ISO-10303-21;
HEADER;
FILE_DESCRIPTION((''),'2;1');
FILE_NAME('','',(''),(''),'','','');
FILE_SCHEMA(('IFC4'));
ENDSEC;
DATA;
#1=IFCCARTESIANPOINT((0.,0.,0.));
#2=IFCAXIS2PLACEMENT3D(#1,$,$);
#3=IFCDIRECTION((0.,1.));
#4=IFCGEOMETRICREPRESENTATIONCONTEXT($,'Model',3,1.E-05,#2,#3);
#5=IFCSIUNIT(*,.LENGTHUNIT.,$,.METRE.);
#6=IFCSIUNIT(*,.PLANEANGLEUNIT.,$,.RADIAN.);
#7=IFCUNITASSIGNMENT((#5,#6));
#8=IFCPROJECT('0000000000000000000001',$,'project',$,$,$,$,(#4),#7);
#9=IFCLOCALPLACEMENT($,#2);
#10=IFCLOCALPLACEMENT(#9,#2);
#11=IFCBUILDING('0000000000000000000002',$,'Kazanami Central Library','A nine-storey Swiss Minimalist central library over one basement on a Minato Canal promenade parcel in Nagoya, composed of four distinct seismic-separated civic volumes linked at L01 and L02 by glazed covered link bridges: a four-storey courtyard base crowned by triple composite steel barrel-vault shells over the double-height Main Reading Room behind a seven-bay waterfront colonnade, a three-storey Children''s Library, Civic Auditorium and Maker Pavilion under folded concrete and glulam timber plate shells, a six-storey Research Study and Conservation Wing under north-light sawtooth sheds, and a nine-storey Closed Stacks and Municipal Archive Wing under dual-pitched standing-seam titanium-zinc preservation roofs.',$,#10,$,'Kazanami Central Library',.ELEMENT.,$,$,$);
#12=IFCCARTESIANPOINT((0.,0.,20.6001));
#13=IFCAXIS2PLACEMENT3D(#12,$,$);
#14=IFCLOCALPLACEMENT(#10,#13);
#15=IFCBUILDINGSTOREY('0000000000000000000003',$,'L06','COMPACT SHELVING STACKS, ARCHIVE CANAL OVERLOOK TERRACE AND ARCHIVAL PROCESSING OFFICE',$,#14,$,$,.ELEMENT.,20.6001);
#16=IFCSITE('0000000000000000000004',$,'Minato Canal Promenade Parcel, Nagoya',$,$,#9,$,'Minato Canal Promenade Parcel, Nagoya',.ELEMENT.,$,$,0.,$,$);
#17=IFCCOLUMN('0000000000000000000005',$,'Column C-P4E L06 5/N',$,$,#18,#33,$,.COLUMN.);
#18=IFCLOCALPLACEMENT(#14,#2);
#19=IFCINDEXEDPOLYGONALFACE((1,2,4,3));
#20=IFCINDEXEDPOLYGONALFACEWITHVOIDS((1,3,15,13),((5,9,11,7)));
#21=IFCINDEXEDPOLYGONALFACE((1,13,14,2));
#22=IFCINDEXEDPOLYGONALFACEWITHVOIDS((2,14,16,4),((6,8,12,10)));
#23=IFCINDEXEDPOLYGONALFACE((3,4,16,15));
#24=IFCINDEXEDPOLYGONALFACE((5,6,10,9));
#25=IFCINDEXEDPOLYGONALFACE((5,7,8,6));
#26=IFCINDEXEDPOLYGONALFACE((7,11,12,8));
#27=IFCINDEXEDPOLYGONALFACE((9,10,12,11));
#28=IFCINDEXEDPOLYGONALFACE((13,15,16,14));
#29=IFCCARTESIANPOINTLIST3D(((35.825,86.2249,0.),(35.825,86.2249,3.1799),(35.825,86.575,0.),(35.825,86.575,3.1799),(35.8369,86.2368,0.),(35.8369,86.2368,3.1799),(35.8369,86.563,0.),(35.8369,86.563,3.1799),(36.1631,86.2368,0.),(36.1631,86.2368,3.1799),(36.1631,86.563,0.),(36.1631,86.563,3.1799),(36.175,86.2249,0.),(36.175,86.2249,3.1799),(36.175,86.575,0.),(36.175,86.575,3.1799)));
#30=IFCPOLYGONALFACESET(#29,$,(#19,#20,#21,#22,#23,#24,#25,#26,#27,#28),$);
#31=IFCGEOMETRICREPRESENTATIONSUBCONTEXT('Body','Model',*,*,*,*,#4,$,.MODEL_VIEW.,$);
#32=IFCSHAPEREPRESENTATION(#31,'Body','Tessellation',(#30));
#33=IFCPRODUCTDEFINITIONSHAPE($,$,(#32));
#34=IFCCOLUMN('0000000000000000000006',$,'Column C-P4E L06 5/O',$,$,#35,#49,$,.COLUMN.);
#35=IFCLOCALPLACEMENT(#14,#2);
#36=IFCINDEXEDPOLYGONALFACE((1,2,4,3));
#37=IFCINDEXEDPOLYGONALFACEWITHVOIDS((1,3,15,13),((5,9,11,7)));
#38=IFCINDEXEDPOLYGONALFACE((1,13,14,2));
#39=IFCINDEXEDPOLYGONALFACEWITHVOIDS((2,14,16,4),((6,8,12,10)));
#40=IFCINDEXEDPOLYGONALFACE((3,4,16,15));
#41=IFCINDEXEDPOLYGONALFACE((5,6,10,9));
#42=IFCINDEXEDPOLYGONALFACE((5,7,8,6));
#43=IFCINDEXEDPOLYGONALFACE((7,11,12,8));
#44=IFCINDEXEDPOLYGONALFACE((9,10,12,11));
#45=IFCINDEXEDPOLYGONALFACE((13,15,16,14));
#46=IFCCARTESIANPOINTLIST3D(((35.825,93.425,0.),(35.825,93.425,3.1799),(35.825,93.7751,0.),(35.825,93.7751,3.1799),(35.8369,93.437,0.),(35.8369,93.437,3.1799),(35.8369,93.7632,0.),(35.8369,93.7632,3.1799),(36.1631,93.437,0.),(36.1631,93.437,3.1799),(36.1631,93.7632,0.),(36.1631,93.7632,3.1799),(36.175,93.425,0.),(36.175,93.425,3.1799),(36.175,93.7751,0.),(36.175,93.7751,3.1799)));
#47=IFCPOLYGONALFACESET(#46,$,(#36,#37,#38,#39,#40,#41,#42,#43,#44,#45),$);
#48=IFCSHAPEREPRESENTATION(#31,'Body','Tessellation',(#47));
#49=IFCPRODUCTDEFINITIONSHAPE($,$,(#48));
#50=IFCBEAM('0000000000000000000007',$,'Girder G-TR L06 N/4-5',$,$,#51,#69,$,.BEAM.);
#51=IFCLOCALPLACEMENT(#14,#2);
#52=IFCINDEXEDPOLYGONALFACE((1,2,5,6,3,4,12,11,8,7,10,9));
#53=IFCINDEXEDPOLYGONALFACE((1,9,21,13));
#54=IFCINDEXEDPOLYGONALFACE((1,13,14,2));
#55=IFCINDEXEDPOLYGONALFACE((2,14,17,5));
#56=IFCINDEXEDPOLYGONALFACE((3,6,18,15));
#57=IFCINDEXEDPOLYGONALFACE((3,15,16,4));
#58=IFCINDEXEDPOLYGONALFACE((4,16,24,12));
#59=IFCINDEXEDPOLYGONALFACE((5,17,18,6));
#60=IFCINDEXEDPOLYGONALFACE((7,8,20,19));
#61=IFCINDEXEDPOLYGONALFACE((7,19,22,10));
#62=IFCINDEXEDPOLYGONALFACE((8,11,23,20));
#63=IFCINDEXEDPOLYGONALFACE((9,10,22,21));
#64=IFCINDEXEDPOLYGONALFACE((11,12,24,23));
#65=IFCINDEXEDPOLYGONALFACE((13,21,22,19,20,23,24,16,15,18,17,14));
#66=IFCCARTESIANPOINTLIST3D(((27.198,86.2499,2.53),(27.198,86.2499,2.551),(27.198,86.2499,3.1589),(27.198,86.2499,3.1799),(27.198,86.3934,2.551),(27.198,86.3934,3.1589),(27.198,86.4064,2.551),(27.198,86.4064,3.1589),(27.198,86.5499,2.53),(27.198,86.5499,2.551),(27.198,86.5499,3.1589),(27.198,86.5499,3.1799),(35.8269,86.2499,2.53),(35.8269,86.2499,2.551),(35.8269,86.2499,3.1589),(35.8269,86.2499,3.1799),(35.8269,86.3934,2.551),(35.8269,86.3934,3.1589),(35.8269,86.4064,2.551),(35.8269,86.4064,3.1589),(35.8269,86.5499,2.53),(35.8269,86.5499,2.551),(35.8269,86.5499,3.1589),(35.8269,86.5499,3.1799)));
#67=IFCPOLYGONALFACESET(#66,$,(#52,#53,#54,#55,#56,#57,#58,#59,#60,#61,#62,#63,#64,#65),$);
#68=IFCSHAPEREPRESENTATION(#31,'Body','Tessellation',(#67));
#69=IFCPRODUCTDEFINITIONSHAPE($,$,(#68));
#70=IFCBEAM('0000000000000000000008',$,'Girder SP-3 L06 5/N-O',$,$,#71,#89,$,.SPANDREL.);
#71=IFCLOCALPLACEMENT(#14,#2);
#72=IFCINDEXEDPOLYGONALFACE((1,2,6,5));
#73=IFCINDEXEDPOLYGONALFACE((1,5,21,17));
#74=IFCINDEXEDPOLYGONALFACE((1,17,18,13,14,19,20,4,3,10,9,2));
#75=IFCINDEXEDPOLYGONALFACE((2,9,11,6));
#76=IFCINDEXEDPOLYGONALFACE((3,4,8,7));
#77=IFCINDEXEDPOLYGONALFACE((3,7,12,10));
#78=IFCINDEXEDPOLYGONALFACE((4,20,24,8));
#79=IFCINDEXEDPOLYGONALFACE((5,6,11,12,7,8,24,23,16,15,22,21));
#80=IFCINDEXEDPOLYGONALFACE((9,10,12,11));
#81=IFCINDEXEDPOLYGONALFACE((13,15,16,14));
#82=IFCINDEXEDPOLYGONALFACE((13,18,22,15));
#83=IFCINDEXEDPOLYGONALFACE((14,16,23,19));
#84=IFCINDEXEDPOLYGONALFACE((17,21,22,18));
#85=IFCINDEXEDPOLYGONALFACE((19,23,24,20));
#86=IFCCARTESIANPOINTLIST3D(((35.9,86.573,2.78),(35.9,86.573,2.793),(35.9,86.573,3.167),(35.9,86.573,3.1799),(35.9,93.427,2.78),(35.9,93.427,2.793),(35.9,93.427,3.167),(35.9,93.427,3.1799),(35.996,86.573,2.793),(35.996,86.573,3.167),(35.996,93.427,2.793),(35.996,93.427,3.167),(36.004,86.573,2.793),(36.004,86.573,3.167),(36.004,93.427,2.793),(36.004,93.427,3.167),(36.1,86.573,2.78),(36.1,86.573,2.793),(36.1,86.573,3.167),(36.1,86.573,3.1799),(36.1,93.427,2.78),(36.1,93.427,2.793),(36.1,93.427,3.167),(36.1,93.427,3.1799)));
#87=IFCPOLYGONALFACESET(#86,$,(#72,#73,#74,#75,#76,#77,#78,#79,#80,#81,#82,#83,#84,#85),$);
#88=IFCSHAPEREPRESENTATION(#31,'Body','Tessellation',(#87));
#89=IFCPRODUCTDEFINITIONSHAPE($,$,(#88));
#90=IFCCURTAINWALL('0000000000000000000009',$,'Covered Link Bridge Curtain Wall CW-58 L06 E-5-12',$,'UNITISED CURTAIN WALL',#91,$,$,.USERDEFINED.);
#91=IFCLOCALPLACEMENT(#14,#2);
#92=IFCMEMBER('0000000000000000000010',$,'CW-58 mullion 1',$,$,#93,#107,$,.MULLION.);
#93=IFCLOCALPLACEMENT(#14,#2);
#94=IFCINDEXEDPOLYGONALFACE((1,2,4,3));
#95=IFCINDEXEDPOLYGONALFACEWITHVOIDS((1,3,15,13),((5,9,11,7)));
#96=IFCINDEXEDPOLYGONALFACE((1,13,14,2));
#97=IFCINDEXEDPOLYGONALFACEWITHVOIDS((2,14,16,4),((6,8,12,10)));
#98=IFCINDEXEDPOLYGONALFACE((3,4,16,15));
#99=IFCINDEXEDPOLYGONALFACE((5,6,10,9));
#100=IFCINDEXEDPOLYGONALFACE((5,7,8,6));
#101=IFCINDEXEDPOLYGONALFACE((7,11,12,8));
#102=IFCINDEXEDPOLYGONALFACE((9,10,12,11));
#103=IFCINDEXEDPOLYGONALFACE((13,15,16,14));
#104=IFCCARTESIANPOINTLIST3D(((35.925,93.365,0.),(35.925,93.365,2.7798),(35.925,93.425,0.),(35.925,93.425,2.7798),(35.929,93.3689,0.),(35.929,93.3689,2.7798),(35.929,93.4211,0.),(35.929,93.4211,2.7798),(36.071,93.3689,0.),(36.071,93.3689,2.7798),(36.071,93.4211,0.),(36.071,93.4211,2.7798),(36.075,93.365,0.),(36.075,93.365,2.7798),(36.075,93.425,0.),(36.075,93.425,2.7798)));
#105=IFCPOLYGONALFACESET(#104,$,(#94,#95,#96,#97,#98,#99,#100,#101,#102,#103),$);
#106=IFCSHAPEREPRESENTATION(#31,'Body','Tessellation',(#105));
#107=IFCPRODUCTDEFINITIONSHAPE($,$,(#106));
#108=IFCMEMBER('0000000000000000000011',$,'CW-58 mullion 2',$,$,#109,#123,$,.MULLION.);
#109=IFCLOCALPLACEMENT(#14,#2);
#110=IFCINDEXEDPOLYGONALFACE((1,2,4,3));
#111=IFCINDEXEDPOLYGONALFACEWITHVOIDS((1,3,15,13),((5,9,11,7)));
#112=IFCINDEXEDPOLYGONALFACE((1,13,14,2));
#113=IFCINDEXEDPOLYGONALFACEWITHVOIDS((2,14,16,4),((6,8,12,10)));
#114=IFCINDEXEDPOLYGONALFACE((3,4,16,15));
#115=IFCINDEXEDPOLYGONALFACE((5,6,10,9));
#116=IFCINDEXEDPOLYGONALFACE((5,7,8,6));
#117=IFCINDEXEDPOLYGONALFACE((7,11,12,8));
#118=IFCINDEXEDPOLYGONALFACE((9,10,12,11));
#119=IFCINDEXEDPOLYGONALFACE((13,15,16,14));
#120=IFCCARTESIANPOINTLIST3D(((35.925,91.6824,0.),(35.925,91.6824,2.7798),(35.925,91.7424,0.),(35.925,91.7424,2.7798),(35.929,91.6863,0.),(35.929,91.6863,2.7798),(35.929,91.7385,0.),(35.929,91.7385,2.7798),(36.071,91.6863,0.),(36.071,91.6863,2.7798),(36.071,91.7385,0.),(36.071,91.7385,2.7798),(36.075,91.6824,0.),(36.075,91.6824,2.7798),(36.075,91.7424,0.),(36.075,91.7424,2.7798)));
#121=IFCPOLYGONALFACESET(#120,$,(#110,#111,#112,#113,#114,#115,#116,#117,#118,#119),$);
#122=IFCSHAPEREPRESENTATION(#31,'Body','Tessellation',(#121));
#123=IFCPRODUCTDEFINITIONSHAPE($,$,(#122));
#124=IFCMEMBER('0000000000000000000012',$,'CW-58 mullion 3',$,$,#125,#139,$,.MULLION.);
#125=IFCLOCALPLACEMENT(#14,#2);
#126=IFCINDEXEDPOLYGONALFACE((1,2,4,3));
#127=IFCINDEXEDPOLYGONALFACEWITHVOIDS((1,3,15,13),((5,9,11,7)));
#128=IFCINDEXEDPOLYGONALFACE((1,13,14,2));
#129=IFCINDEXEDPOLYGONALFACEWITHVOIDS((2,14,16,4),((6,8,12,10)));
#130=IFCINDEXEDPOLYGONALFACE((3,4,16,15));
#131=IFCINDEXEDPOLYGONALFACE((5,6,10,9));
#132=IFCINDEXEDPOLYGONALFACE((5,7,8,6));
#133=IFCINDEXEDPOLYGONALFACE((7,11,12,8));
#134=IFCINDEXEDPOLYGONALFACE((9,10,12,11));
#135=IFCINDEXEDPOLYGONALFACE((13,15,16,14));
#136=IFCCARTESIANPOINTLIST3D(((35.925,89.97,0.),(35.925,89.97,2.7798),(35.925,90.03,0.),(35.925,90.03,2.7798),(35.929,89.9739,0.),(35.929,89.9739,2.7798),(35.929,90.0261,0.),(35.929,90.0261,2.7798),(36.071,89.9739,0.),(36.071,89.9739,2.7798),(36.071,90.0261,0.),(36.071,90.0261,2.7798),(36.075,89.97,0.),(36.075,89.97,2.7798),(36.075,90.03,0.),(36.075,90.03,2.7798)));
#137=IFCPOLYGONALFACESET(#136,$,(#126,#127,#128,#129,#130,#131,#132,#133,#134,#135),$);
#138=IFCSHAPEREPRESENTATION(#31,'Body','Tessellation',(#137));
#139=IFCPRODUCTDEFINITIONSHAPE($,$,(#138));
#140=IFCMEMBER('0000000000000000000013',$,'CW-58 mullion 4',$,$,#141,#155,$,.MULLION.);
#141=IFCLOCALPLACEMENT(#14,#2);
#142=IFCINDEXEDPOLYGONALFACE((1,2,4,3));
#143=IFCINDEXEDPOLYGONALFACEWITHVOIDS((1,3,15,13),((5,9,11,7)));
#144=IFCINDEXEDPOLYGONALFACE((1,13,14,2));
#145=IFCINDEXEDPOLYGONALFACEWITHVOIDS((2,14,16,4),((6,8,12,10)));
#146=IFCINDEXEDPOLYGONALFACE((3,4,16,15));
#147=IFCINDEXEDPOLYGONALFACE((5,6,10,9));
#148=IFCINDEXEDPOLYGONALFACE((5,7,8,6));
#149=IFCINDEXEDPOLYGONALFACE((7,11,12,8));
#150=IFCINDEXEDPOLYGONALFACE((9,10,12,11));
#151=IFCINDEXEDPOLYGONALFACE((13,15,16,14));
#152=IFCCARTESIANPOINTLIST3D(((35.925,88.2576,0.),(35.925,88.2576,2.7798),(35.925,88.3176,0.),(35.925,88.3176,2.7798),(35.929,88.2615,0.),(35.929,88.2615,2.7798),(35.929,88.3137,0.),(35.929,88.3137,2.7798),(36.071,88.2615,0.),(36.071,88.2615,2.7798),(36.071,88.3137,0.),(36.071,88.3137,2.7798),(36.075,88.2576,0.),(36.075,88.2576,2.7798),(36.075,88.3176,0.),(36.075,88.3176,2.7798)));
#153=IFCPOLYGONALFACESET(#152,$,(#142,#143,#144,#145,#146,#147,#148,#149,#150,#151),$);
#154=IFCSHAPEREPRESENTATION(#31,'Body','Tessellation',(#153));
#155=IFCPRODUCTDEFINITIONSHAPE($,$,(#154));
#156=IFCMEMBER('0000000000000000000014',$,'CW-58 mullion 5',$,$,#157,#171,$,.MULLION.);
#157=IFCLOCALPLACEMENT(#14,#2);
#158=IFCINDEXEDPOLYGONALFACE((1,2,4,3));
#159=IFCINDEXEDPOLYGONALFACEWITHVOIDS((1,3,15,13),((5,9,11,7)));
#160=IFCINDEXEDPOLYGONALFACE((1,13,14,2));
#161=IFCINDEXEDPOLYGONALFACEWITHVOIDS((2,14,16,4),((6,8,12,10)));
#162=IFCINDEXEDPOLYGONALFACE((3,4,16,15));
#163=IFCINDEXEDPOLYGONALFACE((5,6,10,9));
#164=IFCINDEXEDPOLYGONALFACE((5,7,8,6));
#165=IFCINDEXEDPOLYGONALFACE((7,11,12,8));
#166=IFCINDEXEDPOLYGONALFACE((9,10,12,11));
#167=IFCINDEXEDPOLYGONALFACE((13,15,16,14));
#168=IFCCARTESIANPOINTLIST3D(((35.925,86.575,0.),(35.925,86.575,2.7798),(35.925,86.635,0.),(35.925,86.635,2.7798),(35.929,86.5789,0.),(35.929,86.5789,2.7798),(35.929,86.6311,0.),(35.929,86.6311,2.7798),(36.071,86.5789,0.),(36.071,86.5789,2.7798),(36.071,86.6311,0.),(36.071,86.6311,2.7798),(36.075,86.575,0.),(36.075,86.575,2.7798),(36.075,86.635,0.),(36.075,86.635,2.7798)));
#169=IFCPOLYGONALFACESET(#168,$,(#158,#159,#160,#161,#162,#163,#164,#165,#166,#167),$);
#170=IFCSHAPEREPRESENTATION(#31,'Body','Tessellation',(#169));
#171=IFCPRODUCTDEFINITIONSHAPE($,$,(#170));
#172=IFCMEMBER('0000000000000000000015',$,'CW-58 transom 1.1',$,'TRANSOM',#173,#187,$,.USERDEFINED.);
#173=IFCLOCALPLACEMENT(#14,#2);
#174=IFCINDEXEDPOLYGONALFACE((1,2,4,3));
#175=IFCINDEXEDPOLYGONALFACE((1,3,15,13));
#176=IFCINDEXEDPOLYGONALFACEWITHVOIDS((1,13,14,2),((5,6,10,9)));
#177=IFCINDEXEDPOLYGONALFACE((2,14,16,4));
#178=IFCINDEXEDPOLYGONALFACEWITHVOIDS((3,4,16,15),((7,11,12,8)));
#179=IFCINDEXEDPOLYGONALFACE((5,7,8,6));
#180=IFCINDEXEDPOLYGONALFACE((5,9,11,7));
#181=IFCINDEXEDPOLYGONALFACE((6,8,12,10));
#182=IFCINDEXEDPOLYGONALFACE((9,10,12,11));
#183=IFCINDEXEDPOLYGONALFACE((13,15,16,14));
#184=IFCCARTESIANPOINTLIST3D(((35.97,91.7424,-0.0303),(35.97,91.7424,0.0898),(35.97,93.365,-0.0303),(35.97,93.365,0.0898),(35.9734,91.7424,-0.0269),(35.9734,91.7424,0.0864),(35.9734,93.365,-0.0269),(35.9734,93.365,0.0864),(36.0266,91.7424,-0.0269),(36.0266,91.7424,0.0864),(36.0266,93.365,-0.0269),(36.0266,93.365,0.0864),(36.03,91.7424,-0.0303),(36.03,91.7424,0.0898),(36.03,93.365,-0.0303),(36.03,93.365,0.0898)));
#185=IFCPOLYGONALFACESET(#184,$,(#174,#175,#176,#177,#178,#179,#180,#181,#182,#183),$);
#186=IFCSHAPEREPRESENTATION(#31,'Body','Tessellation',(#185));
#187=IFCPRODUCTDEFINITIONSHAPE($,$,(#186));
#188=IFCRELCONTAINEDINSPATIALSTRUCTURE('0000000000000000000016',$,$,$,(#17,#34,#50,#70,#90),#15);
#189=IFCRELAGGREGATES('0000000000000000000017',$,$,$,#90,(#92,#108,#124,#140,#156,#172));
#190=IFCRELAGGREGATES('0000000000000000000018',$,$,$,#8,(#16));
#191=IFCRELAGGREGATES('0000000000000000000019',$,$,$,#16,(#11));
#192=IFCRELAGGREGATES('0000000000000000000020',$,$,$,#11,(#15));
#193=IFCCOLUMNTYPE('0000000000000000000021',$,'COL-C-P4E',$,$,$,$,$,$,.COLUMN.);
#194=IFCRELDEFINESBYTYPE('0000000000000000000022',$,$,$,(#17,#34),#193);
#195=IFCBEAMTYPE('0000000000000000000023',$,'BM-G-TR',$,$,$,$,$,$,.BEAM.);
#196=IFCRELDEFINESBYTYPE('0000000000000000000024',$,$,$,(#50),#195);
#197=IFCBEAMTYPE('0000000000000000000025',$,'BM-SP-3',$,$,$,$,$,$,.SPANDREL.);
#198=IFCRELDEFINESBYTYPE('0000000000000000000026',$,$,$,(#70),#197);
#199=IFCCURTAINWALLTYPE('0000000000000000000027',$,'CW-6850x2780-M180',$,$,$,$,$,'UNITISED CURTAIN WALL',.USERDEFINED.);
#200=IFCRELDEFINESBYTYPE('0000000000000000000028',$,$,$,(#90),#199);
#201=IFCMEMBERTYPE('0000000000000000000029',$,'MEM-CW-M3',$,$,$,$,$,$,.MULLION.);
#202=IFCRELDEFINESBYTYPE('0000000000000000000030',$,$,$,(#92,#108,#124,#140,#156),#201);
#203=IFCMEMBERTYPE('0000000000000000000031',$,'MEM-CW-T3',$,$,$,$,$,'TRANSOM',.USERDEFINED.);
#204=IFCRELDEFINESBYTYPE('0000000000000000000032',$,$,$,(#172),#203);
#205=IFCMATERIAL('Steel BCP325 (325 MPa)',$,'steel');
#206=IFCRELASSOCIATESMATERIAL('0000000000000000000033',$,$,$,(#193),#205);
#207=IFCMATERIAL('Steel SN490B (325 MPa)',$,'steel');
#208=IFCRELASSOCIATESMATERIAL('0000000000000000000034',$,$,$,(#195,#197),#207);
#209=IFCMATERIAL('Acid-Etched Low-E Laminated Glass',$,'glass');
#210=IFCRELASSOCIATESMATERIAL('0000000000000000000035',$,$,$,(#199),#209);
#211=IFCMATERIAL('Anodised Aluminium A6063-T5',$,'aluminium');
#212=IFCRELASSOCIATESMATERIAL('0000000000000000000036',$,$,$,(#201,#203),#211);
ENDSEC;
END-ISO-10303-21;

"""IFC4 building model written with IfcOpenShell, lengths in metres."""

from ifc_helpers import new_model, si_unit, direction, frame, origin, origin_2d, place, context, subcontext, project, spatial, hollow_rectangle, i_section, extrude, material, material_profile, profile_set, type_object, element, aggregate, save


model = new_model("IFC4")

# Units and contexts
model_context = context("Model", 3, precision=1e-05, world=origin(), true_north=direction((0.0, 1.0)))
body_context = subcontext(model_context, "Body", "Model", "MODEL_VIEW")
ifc_project = project(units=[si_unit("LENGTHUNIT", "METRE"), si_unit("PLANEANGLEUNIT", "RADIAN")], contexts=[model_context])

# Site, building, storey
site_placement = place(None, origin())
site = spatial("IfcSite", under=ifc_project, at=site_placement, Name="Minato Canal Promenade Parcel, Nagoya", LongName="Minato Canal Promenade Parcel, Nagoya", CompositionType="ELEMENT", RefElevation=0.0)
building_placement = place(site_placement, origin())
building = spatial("IfcBuilding", under=site, at=building_placement, Name="Kazanami Central Library", Description="A nine-storey Swiss Minimalist central library over one basement on a Minato Canal promenade parcel in Nagoya, composed of four distinct seismic-separated civic volumes linked at L01 and L02 by glazed covered link bridges: a four-storey courtyard base crowned by triple composite steel barrel-vault shells over the double-height Main Reading Room behind a seven-bay waterfront colonnade, a three-storey Children's Library, Civic Auditorium and Maker Pavilion under folded concrete and glulam timber plate shells, a six-storey Research Study and Conservation Wing under north-light sawtooth sheds, and a nine-storey Closed Stacks and Municipal Archive Wing under dual-pitched standing-seam titanium-zinc preservation roofs.", LongName="Kazanami Central Library", CompositionType="ELEMENT")
storey_placement = place(building_placement, frame((0.0, 0.0, 20.6001)))
storey = spatial("IfcBuildingStorey", under=building, at=storey_placement, Name="L06", Description="COMPACT SHELVING STACKS, ARCHIVE CANAL OVERLOOK TERRACE AND ARCHIVAL PROCESSING OFFICE", CompositionType="ELEMENT", Elevation=20.6001)

# Columns
ifc_material_1 = material(Name="Steel BCP325 (325 MPa)", Category="steel")
ifc_material_profile_1 = material_profile(ifc_material_1, hollow_rectangle(XDim=0.3501, YDim=0.3501, WallThickness=0.012, at=origin_2d()), Name="STKR-350x350x12")
ifc_profile_set_1 = profile_set([ifc_material_profile_1], Name="Steel BCP325 (325 MPa)")
column_type = type_object("IfcColumnType", Name="COL-C-P4E", PredefinedType="COLUMN", material=ifc_profile_set_1)
for number, where, z_axis, x_axis, name in (
    (1, (36.0, 86.3999, 0.0), (0.0, 0.0, 1.0), (1.0, 0.0, 0.0), "Column C-P4E L06 5/N"),
    (2, (36.0, 93.6001, 0.0), (0.0, 0.0, 1.0), (1.0, 0.0, 0.0), "Column C-P4E L06 5/O"),
):
    element("IfcColumn", number, at=place(storey_placement, frame(where, z_axis=z_axis, x_axis=x_axis)), inside=storey, type_object=column_type, Name=name, PredefinedType="COLUMN", context=body_context, shape_type="SweptSolid", body=[
        extrude(hollow_rectangle(XDim=0.3501, YDim=0.3501, WallThickness=0.012, at=origin_2d()), origin(), (0.0, 0.0, 1.0), 3.1799),
    ])

# Beams
ifc_material_2 = material(Name="Steel SN490B (325 MPa)", Category="steel")
ifc_material_profile_2 = material_profile(ifc_material_2, i_section(OverallWidth=0.3, OverallDepth=0.6499, WebThickness=0.0129, FlangeThickness=0.021, at=origin_2d()), Name="H-650x300x13x21")
ifc_profile_set_2 = profile_set([ifc_material_profile_2], Name="Steel SN490B (325 MPa)")
beam_type_1 = type_object("IfcBeamType", Name="BM-G-TR", PredefinedType="BEAM", material=ifc_profile_set_2)
beam_1_placement = place(storey_placement, frame((27.198, 86.3999, 2.855), z_axis=(1.0, 0.0, 0.0), x_axis=(0.0, 1.0, 0.0)))
element("IfcBeam", 3, at=beam_1_placement, inside=storey, type_object=beam_type_1, Name="Girder G-TR L06 N/4-5", PredefinedType="BEAM", context=body_context, shape_type="SweptSolid", body=[
    extrude(i_section(OverallWidth=0.3, OverallDepth=0.6499, WebThickness=0.0129, FlangeThickness=0.021, at=origin_2d()), origin(), (0.0, 0.0, 1.0), 8.6289),
])
ifc_material_profile_3 = material_profile(ifc_material_2, i_section(OverallWidth=0.2, OverallDepth=0.3999, WebThickness=0.0081, FlangeThickness=0.0129, at=origin_2d()), Name="H-400x200x8x13")
ifc_profile_set_3 = profile_set([ifc_material_profile_3], Name="Steel SN490B (325 MPa)")
beam_type_2 = type_object("IfcBeamType", Name="BM-SP-3", PredefinedType="SPANDREL", material=ifc_profile_set_3)
beam_2_placement = place(storey_placement, frame((36.0, 86.573, 2.98), z_axis=(0.0, 1.0, 0.0), x_axis=(-1.0, 0.0, 0.0)))
element("IfcBeam", 4, at=beam_2_placement, inside=storey, type_object=beam_type_2, Name="Girder SP-3 L06 5/N-O", PredefinedType="SPANDREL", context=body_context, shape_type="SweptSolid", body=[
    extrude(i_section(OverallWidth=0.2, OverallDepth=0.3999, WebThickness=0.0081, FlangeThickness=0.0129, at=origin_2d()), origin(), (0.0, 0.0, 1.0), 6.854),
])

# Curtain wall, members
ifc_material_3 = material(Name="Acid-Etched Low-E Laminated Glass", Category="glass")
curtain_wall_type = type_object("IfcCurtainWallType", Name="CW-6850x2780-M180", ElementType="UNITISED CURTAIN WALL", PredefinedType="USERDEFINED", material=ifc_material_3)
curtain_wall_placement = place(storey_placement, origin())
curtain_wall = element("IfcCurtainWall", 5, at=curtain_wall_placement, inside=storey, type_object=curtain_wall_type, Name="Covered Link Bridge Curtain Wall CW-58 L06 E-5-12", ObjectType="UNITISED CURTAIN WALL", PredefinedType="USERDEFINED")
ifc_material_4 = material(Name="Anodised Aluminium A6063-T5", Category="aluminium")
ifc_material_profile_4 = material_profile(ifc_material_4, hollow_rectangle(XDim=0.0601, YDim=0.1499, WallThickness=0.0039, at=origin_2d()), Name="ALU-MULL-60x150x4")
ifc_profile_set_4 = profile_set([ifc_material_profile_4], Name="Anodised Aluminium A6063-T5")
member_type_1 = type_object("IfcMemberType", Name="MEM-CW-M3", PredefinedType="MULLION", material=ifc_profile_set_4)
member_1_placement = place(storey_placement, frame((36.0, 93.395, 0.0), z_axis=(0.0, 0.0, 1.0), x_axis=(0.0, -1.0, 0.0)))
member_1 = element("IfcMember", 6, at=member_1_placement, type_object=member_type_1, Name="CW-58 mullion 1", PredefinedType="MULLION", context=body_context, shape_type="SweptSolid", body=[
    extrude(hollow_rectangle(XDim=0.0601, YDim=0.1499, WallThickness=0.0039, at=origin_2d()), origin(), (0.0, 0.0, 1.0), 2.7798),
])
member_2_placement = place(storey_placement, frame((36.0, 91.7124, 0.0), z_axis=(0.0, 0.0, 1.0), x_axis=(0.0, -1.0, 0.0)))
member_2 = element("IfcMember", 7, at=member_2_placement, type_object=member_type_1, Name="CW-58 mullion 2", PredefinedType="MULLION", context=body_context, shape_type="SweptSolid", body=[
    extrude(hollow_rectangle(XDim=0.0601, YDim=0.1499, WallThickness=0.0039, at=origin_2d()), origin(), (0.0, 0.0, 1.0), 2.7798),
])
member_3_placement = place(storey_placement, frame((36.0, 90.0, 0.0), z_axis=(0.0, 0.0, 1.0), x_axis=(0.0, -1.0, 0.0)))
member_3 = element("IfcMember", 8, at=member_3_placement, type_object=member_type_1, Name="CW-58 mullion 3", PredefinedType="MULLION", context=body_context, shape_type="SweptSolid", body=[
    extrude(hollow_rectangle(XDim=0.0601, YDim=0.1499, WallThickness=0.0039, at=origin_2d()), origin(), (0.0, 0.0, 1.0), 2.7798),
])
member_4_placement = place(storey_placement, frame((36.0, 88.2876, 0.0), z_axis=(0.0, 0.0, 1.0), x_axis=(0.0, -1.0, 0.0)))
member_4 = element("IfcMember", 9, at=member_4_placement, type_object=member_type_1, Name="CW-58 mullion 4", PredefinedType="MULLION", context=body_context, shape_type="SweptSolid", body=[
    extrude(hollow_rectangle(XDim=0.0601, YDim=0.1499, WallThickness=0.0039, at=origin_2d()), origin(), (0.0, 0.0, 1.0), 2.7798),
])
member_5_placement = place(storey_placement, frame((36.0, 86.605, 0.0), z_axis=(0.0, 0.0, 1.0), x_axis=(0.0, -1.0, 0.0)))
member_5 = element("IfcMember", 10, at=member_5_placement, type_object=member_type_1, Name="CW-58 mullion 5", PredefinedType="MULLION", context=body_context, shape_type="SweptSolid", body=[
    extrude(hollow_rectangle(XDim=0.0601, YDim=0.1499, WallThickness=0.0039, at=origin_2d()), origin(), (0.0, 0.0, 1.0), 2.7798),
])
ifc_material_profile_5 = material_profile(ifc_material_4, hollow_rectangle(XDim=0.0601, YDim=0.1201, WallThickness=0.0034, at=origin_2d()), Name="ALU-TRAN-60x120x3.5")
ifc_profile_set_5 = profile_set([ifc_material_profile_5], Name="Anodised Aluminium A6063-T5")
member_type_2 = type_object("IfcMemberType", Name="MEM-CW-T3", ElementType="TRANSOM", PredefinedType="USERDEFINED", material=ifc_profile_set_5)
member_6_placement = place(storey_placement, frame((36.0, 93.365, 0.0298), z_axis=(0.0, -1.0, 0.0), x_axis=(1.0, 0.0, 0.0)))
member_6 = element("IfcMember", 11, at=member_6_placement, type_object=member_type_2, Name="CW-58 transom 1.1", ObjectType="TRANSOM", PredefinedType="USERDEFINED", context=body_context, shape_type="SweptSolid", body=[
    extrude(hollow_rectangle(XDim=0.0601, YDim=0.1201, WallThickness=0.0034, at=origin_2d()), origin(), (0.0, 0.0, 1.0), 1.6226),
])
aggregate(curtain_wall, [member_1, member_2, member_3, member_4, member_5, member_6])

save(model, "model.ifc")
